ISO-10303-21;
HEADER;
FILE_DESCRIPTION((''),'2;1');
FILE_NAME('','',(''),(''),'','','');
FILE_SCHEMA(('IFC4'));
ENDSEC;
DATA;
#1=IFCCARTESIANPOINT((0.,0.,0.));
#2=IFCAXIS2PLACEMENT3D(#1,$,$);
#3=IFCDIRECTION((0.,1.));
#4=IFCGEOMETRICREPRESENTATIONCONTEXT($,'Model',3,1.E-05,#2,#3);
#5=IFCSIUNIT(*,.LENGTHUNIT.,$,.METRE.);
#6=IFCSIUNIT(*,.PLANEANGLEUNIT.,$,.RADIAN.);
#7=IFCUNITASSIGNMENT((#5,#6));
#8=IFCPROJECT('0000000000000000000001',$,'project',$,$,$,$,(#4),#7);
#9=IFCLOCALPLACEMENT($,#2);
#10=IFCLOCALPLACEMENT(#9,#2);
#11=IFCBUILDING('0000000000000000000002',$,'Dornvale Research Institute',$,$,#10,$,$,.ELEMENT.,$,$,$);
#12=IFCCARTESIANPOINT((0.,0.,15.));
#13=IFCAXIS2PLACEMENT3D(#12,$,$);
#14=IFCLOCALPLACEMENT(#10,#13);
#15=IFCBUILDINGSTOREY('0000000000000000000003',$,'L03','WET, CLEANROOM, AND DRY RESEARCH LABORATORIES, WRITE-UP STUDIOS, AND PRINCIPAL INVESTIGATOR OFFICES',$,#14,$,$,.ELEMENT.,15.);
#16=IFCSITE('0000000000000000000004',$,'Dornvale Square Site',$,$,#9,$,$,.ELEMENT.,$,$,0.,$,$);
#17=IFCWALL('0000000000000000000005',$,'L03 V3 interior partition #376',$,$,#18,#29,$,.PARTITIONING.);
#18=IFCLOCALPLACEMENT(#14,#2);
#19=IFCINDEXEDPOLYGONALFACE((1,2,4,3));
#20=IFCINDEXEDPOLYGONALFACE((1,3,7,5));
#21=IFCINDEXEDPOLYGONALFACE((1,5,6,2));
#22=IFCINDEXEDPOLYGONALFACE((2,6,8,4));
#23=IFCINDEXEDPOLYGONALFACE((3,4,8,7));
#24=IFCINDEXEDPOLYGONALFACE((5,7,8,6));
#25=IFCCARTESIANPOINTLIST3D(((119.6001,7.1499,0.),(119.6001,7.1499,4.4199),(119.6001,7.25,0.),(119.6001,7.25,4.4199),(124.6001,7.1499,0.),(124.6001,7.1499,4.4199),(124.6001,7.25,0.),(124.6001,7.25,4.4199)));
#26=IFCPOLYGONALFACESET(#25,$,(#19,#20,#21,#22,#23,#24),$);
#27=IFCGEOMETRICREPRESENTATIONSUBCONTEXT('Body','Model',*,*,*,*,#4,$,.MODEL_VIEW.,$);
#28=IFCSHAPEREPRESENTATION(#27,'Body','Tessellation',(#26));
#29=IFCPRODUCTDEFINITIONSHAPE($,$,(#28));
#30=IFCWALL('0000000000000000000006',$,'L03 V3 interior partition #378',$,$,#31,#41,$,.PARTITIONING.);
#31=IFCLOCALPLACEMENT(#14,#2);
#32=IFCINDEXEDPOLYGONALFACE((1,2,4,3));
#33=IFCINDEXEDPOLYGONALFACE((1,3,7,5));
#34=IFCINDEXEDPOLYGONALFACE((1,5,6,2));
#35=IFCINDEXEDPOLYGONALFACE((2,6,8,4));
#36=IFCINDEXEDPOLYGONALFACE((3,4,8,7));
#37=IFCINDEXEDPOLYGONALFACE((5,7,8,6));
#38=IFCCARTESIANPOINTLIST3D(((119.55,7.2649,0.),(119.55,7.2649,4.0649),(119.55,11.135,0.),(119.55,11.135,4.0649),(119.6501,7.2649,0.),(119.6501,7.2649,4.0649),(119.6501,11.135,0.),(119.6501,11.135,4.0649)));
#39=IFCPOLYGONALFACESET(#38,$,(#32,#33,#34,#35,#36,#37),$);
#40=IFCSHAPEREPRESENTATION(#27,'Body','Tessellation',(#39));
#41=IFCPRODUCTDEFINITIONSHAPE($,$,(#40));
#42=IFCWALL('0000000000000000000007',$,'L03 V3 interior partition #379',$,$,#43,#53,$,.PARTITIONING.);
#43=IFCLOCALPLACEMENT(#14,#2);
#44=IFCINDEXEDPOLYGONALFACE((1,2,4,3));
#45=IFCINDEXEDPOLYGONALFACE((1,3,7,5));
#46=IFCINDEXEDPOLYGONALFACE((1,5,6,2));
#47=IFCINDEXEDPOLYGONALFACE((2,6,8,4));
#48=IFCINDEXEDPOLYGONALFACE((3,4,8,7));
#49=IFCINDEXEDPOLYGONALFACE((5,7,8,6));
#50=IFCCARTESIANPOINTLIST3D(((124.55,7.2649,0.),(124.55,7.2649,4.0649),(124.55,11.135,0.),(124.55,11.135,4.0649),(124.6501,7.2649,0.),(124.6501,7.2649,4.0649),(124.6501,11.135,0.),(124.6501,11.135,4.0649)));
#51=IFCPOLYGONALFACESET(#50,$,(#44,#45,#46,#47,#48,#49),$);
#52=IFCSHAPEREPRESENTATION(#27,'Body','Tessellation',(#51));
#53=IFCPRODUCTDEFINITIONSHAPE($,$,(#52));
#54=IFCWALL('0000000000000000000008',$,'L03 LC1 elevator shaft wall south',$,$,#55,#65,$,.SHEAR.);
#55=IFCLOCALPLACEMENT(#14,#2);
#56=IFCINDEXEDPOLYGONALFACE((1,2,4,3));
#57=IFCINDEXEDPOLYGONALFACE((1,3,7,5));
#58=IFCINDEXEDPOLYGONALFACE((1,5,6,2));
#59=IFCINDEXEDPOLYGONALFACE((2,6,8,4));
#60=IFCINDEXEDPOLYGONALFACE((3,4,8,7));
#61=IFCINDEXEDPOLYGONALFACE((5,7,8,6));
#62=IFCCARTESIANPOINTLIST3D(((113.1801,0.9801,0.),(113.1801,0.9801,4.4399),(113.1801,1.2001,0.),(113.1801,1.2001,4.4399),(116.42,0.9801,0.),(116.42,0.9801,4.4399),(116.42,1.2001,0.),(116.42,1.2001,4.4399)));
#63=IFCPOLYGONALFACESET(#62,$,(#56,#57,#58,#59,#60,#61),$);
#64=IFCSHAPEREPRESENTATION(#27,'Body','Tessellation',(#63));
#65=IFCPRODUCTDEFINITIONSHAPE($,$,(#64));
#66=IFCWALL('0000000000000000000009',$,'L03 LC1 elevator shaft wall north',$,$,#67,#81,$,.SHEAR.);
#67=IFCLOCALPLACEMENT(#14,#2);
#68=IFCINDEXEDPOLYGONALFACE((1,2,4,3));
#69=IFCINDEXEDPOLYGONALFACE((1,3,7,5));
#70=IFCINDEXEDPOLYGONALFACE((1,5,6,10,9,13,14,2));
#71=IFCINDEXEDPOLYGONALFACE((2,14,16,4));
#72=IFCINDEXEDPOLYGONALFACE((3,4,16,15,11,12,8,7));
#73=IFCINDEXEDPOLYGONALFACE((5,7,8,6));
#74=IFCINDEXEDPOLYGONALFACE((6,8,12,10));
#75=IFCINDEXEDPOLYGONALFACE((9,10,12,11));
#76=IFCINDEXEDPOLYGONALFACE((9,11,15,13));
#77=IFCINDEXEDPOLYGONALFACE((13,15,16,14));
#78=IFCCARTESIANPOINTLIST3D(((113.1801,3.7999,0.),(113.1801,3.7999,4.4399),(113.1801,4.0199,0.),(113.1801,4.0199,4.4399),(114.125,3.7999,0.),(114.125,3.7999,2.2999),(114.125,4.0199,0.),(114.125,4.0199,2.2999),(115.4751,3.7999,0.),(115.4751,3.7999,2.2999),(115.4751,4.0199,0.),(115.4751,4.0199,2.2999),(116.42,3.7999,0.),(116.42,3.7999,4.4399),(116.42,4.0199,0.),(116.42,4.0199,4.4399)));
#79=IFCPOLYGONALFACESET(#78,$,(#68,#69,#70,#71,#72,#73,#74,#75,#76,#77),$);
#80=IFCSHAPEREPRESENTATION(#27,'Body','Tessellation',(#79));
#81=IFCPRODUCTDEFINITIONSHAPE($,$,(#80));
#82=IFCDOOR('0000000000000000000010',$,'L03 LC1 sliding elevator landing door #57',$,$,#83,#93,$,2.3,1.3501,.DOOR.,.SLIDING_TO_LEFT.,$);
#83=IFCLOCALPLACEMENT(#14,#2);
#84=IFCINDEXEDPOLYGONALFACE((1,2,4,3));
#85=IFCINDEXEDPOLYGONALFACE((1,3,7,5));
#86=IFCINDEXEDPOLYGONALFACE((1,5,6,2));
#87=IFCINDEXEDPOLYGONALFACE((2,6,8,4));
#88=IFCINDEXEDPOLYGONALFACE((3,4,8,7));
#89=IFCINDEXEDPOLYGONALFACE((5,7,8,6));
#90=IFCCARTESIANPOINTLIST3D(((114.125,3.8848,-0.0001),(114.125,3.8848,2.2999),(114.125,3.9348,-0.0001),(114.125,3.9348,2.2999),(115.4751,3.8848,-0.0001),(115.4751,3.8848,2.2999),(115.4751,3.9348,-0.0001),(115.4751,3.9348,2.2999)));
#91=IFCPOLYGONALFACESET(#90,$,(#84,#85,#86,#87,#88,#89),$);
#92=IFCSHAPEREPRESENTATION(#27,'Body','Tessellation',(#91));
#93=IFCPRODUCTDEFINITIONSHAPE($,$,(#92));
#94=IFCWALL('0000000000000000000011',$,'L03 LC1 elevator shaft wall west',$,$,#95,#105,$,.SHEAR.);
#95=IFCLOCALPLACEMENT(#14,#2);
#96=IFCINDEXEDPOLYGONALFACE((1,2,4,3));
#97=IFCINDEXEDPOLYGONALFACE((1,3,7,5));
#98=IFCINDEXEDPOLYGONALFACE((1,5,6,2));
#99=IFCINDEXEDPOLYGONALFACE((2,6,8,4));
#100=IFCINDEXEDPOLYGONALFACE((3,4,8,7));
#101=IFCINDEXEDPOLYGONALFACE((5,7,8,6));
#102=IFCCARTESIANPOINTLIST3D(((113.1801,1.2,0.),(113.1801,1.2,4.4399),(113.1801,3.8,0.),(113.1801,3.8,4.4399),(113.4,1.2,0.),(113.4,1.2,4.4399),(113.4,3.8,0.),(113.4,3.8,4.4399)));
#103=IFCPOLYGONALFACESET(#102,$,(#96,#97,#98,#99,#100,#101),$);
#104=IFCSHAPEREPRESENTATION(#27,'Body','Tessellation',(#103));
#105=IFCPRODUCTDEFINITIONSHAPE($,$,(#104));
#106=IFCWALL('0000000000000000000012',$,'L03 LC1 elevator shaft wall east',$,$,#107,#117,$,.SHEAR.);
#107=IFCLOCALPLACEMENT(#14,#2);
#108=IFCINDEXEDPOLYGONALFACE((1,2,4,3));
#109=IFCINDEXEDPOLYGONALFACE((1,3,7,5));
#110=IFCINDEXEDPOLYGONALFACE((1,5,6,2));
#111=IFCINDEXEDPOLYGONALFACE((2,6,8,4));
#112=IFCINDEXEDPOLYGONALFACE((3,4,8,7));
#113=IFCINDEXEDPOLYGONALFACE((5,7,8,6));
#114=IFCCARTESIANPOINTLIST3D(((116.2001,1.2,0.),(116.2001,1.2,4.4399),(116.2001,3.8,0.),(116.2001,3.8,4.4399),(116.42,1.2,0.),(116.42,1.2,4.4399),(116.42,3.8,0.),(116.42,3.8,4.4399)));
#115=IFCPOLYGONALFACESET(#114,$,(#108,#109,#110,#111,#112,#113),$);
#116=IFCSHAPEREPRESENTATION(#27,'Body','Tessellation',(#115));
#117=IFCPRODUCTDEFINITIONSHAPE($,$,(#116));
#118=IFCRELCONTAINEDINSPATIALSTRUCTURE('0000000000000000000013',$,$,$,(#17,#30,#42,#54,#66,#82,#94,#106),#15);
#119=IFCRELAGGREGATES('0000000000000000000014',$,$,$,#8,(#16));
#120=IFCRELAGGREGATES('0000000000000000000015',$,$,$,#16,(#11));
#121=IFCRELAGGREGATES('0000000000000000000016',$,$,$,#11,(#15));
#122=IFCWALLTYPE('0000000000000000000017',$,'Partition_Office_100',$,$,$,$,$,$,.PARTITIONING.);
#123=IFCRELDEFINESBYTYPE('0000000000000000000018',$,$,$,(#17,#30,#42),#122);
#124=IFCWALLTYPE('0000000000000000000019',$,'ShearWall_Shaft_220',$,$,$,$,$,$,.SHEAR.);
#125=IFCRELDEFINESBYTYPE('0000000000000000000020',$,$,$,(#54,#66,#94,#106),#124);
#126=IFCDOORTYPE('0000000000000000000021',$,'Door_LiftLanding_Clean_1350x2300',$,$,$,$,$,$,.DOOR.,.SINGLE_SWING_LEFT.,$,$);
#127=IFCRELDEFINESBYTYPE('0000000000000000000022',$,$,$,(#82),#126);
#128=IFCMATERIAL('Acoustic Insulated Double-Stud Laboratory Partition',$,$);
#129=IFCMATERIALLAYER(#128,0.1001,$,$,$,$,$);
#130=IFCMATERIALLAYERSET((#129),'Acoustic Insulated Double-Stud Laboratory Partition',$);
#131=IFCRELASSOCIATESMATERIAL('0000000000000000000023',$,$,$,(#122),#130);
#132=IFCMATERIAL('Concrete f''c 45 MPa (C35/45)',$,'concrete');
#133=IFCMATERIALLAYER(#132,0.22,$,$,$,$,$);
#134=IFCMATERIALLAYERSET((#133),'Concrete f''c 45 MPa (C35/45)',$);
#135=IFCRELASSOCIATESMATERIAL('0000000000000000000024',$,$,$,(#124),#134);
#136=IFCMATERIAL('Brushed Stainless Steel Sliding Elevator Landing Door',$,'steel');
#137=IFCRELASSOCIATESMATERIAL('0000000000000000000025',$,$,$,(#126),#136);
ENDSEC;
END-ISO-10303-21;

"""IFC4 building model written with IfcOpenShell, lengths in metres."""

from ifc_helpers import new_model, si_unit, direction, frame, frame_2d, origin, place, context, subcontext, project, spatial, rectangle, extrude, material, layer, layer_set, type_object, element, fill, save


model = new_model("IFC4")

# Units and contexts
model_context = context("Model", 3, precision=1e-05, world=origin(), true_north=direction((0.0, 1.0)))
body_context = subcontext(model_context, "Body", "Model", "MODEL_VIEW")
ifc_project = project(units=[si_unit("LENGTHUNIT", "METRE"), si_unit("PLANEANGLEUNIT", "RADIAN")], contexts=[model_context])

# Site, building, storey
site_placement = place(None, origin())
site = spatial("IfcSite", under=ifc_project, at=site_placement, Name="Dornvale Square Site", CompositionType="ELEMENT", RefElevation=0.0)
building_placement = place(site_placement, origin())
building = spatial("IfcBuilding", under=site, at=building_placement, Name="Dornvale Research Institute", CompositionType="ELEMENT")
storey_placement = place(building_placement, frame((0.0, 0.0, 15.0)))
storey = spatial("IfcBuildingStorey", under=building, at=storey_placement, Name="L03", Description="WET, CLEANROOM, AND DRY RESEARCH LABORATORIES, WRITE-UP STUDIOS, AND PRINCIPAL INVESTIGATOR OFFICES", CompositionType="ELEMENT", Elevation=15.0)

# Walls
ifc_material_1 = material(Name="Acoustic Insulated Double-Stud Laboratory Partition")
ifc_layer_1 = layer(ifc_material_1, 0.1001)
ifc_layer_set_1 = layer_set([ifc_layer_1], Name="Acoustic Insulated Double-Stud Laboratory Partition")
wall_type_1 = type_object("IfcWallType", Name="Partition_Office_100", PredefinedType="PARTITIONING", material=ifc_layer_set_1)
wall_1_placement = place(storey_placement, frame((119.6001, 7.2, 0.0), z_axis=(0.0, 0.0, 1.0), x_axis=(1.0, 0.0, 0.0)))
element("IfcWall", 1, at=wall_1_placement, inside=storey, type_object=wall_type_1, Name="L03 V3 interior partition #376", PredefinedType="PARTITIONING", context=body_context, shape_type="SweptSolid", body=[
    extrude(rectangle(XDim=5.0, YDim=0.1001, at=frame_2d((2.5, 0.0))), origin(), (0.0, 0.0, 1.0), 4.4199),
])
for number, where, z_axis, x_axis, name in (
    (2, (119.6001, 7.2649, 0.0), (0.0, 0.0, 1.0), (0.0, 1.0, 0.0), "L03 V3 interior partition #378"),
    (3, (124.6001, 7.2649, 0.0), (0.0, 0.0, 1.0), (0.0, 1.0, 0.0), "L03 V3 interior partition #379"),
):
    element("IfcWall", number, at=place(storey_placement, frame(where, z_axis=z_axis, x_axis=x_axis)), inside=storey, type_object=wall_type_1, Name=name, PredefinedType="PARTITIONING", context=body_context, shape_type="SweptSolid", body=[
        extrude(rectangle(XDim=3.8701, YDim=0.1001, at=frame_2d((1.9351, 0.0))), origin(), (0.0, 0.0, 1.0), 4.0649),
    ])
ifc_material_2 = material(Name="Concrete f'c 45 MPa (C35/45)", Category="concrete")
ifc_layer_2 = layer(ifc_material_2, 0.22)
ifc_layer_set_2 = layer_set([ifc_layer_2], Name="Concrete f'c 45 MPa (C35/45)")
wall_type_2 = type_object("IfcWallType", Name="ShearWall_Shaft_220", PredefinedType="SHEAR", material=ifc_layer_set_2)
wall_2_placement = place(storey_placement, frame((113.1799, 1.0901, 0.0), z_axis=(0.0, 0.0, 1.0), x_axis=(1.0, 0.0, 0.0)))
element("IfcWall", 4, at=wall_2_placement, inside=storey, type_object=wall_type_2, Name="L03 LC1 elevator shaft wall south", PredefinedType="SHEAR", context=body_context, shape_type="SweptSolid", body=[
    extrude(rectangle(XDim=3.24, YDim=0.22, at=frame_2d((1.6201, 0.0))), origin(), (0.0, 0.0, 1.0), 4.4399),
])

# Wall, opening, door
wall_3_placement = place(storey_placement, frame((113.1799, 3.9099, 0.0), z_axis=(0.0, 0.0, 1.0), x_axis=(1.0, 0.0, 0.0)))
wall_3 = element("IfcWall", 5, at=wall_3_placement, inside=storey, type_object=wall_type_2, Name="L03 LC1 elevator shaft wall north", PredefinedType="SHEAR", context=body_context, shape_type="SweptSolid", body=[
    extrude(rectangle(XDim=3.24, YDim=0.22, at=frame_2d((1.6201, 0.0))), origin(), (0.0, 0.0, 1.0), 4.4399),
])
opening_placement = place(wall_3_placement, frame((0.9451, 0.0, 0.0)))
opening = element("IfcOpeningElement", 6, at=opening_placement, cuts=wall_3, PredefinedType="OPENING", context=body_context, shape_type="SweptSolid", body=[
    extrude(rectangle(XDim=1.3501, YDim=2.3, at=frame_2d((0.675, 1.1499))), frame((0.0, 0.125, 0.0), z_axis=(0.0, -1.0, 0.0), x_axis=(1.0, 0.0, 0.0)), (0.0, 0.0, 1.0), 0.25),
])
ifc_material_3 = material(Name="Brushed Stainless Steel Sliding Elevator Landing Door", Category="steel")
door_type = type_object("IfcDoorType", Name="Door_LiftLanding_Clean_1350x2300", OperationType="SINGLE_SWING_LEFT", PredefinedType="DOOR", material=ifc_material_3)
door_placement = place(opening_placement, origin())
door = element("IfcDoor", 7, at=door_placement, inside=storey, type_object=door_type, Name="L03 LC1 sliding elevator landing door #57", OperationType="SLIDING_TO_LEFT", OverallHeight=2.3, OverallWidth=1.3501, PredefinedType="DOOR", context=body_context, shape_type="SweptSolid", body=[
    extrude(rectangle(XDim=1.3501, YDim=2.3, at=frame_2d((0.675, 1.1499))), frame((0.0, 0.0249, 0.0), z_axis=(0.0, -1.0, 0.0), x_axis=(1.0, 0.0, 0.0)), (0.0, 0.0, 1.0), 0.05),
])
fill(opening, door)

# Walls
for number, where, z_axis, x_axis, name in (
    (8, (113.29, 1.2, 0.0), (0.0, 0.0, 1.0), (0.0, 1.0, 0.0), "L03 LC1 elevator shaft wall west"),
    (9, (116.3101, 1.2, 0.0), (0.0, 0.0, 1.0), (0.0, 1.0, 0.0), "L03 LC1 elevator shaft wall east"),
):
    element("IfcWall", number, at=place(storey_placement, frame(where, z_axis=z_axis, x_axis=x_axis)), inside=storey, type_object=wall_type_2, Name=name, PredefinedType="SHEAR", context=body_context, shape_type="SweptSolid", body=[
        extrude(rectangle(XDim=2.6001, YDim=0.22, at=frame_2d((1.3, 0.0))), origin(), (0.0, 0.0, 1.0), 4.4399),
    ])

save(model, "model.ifc")
